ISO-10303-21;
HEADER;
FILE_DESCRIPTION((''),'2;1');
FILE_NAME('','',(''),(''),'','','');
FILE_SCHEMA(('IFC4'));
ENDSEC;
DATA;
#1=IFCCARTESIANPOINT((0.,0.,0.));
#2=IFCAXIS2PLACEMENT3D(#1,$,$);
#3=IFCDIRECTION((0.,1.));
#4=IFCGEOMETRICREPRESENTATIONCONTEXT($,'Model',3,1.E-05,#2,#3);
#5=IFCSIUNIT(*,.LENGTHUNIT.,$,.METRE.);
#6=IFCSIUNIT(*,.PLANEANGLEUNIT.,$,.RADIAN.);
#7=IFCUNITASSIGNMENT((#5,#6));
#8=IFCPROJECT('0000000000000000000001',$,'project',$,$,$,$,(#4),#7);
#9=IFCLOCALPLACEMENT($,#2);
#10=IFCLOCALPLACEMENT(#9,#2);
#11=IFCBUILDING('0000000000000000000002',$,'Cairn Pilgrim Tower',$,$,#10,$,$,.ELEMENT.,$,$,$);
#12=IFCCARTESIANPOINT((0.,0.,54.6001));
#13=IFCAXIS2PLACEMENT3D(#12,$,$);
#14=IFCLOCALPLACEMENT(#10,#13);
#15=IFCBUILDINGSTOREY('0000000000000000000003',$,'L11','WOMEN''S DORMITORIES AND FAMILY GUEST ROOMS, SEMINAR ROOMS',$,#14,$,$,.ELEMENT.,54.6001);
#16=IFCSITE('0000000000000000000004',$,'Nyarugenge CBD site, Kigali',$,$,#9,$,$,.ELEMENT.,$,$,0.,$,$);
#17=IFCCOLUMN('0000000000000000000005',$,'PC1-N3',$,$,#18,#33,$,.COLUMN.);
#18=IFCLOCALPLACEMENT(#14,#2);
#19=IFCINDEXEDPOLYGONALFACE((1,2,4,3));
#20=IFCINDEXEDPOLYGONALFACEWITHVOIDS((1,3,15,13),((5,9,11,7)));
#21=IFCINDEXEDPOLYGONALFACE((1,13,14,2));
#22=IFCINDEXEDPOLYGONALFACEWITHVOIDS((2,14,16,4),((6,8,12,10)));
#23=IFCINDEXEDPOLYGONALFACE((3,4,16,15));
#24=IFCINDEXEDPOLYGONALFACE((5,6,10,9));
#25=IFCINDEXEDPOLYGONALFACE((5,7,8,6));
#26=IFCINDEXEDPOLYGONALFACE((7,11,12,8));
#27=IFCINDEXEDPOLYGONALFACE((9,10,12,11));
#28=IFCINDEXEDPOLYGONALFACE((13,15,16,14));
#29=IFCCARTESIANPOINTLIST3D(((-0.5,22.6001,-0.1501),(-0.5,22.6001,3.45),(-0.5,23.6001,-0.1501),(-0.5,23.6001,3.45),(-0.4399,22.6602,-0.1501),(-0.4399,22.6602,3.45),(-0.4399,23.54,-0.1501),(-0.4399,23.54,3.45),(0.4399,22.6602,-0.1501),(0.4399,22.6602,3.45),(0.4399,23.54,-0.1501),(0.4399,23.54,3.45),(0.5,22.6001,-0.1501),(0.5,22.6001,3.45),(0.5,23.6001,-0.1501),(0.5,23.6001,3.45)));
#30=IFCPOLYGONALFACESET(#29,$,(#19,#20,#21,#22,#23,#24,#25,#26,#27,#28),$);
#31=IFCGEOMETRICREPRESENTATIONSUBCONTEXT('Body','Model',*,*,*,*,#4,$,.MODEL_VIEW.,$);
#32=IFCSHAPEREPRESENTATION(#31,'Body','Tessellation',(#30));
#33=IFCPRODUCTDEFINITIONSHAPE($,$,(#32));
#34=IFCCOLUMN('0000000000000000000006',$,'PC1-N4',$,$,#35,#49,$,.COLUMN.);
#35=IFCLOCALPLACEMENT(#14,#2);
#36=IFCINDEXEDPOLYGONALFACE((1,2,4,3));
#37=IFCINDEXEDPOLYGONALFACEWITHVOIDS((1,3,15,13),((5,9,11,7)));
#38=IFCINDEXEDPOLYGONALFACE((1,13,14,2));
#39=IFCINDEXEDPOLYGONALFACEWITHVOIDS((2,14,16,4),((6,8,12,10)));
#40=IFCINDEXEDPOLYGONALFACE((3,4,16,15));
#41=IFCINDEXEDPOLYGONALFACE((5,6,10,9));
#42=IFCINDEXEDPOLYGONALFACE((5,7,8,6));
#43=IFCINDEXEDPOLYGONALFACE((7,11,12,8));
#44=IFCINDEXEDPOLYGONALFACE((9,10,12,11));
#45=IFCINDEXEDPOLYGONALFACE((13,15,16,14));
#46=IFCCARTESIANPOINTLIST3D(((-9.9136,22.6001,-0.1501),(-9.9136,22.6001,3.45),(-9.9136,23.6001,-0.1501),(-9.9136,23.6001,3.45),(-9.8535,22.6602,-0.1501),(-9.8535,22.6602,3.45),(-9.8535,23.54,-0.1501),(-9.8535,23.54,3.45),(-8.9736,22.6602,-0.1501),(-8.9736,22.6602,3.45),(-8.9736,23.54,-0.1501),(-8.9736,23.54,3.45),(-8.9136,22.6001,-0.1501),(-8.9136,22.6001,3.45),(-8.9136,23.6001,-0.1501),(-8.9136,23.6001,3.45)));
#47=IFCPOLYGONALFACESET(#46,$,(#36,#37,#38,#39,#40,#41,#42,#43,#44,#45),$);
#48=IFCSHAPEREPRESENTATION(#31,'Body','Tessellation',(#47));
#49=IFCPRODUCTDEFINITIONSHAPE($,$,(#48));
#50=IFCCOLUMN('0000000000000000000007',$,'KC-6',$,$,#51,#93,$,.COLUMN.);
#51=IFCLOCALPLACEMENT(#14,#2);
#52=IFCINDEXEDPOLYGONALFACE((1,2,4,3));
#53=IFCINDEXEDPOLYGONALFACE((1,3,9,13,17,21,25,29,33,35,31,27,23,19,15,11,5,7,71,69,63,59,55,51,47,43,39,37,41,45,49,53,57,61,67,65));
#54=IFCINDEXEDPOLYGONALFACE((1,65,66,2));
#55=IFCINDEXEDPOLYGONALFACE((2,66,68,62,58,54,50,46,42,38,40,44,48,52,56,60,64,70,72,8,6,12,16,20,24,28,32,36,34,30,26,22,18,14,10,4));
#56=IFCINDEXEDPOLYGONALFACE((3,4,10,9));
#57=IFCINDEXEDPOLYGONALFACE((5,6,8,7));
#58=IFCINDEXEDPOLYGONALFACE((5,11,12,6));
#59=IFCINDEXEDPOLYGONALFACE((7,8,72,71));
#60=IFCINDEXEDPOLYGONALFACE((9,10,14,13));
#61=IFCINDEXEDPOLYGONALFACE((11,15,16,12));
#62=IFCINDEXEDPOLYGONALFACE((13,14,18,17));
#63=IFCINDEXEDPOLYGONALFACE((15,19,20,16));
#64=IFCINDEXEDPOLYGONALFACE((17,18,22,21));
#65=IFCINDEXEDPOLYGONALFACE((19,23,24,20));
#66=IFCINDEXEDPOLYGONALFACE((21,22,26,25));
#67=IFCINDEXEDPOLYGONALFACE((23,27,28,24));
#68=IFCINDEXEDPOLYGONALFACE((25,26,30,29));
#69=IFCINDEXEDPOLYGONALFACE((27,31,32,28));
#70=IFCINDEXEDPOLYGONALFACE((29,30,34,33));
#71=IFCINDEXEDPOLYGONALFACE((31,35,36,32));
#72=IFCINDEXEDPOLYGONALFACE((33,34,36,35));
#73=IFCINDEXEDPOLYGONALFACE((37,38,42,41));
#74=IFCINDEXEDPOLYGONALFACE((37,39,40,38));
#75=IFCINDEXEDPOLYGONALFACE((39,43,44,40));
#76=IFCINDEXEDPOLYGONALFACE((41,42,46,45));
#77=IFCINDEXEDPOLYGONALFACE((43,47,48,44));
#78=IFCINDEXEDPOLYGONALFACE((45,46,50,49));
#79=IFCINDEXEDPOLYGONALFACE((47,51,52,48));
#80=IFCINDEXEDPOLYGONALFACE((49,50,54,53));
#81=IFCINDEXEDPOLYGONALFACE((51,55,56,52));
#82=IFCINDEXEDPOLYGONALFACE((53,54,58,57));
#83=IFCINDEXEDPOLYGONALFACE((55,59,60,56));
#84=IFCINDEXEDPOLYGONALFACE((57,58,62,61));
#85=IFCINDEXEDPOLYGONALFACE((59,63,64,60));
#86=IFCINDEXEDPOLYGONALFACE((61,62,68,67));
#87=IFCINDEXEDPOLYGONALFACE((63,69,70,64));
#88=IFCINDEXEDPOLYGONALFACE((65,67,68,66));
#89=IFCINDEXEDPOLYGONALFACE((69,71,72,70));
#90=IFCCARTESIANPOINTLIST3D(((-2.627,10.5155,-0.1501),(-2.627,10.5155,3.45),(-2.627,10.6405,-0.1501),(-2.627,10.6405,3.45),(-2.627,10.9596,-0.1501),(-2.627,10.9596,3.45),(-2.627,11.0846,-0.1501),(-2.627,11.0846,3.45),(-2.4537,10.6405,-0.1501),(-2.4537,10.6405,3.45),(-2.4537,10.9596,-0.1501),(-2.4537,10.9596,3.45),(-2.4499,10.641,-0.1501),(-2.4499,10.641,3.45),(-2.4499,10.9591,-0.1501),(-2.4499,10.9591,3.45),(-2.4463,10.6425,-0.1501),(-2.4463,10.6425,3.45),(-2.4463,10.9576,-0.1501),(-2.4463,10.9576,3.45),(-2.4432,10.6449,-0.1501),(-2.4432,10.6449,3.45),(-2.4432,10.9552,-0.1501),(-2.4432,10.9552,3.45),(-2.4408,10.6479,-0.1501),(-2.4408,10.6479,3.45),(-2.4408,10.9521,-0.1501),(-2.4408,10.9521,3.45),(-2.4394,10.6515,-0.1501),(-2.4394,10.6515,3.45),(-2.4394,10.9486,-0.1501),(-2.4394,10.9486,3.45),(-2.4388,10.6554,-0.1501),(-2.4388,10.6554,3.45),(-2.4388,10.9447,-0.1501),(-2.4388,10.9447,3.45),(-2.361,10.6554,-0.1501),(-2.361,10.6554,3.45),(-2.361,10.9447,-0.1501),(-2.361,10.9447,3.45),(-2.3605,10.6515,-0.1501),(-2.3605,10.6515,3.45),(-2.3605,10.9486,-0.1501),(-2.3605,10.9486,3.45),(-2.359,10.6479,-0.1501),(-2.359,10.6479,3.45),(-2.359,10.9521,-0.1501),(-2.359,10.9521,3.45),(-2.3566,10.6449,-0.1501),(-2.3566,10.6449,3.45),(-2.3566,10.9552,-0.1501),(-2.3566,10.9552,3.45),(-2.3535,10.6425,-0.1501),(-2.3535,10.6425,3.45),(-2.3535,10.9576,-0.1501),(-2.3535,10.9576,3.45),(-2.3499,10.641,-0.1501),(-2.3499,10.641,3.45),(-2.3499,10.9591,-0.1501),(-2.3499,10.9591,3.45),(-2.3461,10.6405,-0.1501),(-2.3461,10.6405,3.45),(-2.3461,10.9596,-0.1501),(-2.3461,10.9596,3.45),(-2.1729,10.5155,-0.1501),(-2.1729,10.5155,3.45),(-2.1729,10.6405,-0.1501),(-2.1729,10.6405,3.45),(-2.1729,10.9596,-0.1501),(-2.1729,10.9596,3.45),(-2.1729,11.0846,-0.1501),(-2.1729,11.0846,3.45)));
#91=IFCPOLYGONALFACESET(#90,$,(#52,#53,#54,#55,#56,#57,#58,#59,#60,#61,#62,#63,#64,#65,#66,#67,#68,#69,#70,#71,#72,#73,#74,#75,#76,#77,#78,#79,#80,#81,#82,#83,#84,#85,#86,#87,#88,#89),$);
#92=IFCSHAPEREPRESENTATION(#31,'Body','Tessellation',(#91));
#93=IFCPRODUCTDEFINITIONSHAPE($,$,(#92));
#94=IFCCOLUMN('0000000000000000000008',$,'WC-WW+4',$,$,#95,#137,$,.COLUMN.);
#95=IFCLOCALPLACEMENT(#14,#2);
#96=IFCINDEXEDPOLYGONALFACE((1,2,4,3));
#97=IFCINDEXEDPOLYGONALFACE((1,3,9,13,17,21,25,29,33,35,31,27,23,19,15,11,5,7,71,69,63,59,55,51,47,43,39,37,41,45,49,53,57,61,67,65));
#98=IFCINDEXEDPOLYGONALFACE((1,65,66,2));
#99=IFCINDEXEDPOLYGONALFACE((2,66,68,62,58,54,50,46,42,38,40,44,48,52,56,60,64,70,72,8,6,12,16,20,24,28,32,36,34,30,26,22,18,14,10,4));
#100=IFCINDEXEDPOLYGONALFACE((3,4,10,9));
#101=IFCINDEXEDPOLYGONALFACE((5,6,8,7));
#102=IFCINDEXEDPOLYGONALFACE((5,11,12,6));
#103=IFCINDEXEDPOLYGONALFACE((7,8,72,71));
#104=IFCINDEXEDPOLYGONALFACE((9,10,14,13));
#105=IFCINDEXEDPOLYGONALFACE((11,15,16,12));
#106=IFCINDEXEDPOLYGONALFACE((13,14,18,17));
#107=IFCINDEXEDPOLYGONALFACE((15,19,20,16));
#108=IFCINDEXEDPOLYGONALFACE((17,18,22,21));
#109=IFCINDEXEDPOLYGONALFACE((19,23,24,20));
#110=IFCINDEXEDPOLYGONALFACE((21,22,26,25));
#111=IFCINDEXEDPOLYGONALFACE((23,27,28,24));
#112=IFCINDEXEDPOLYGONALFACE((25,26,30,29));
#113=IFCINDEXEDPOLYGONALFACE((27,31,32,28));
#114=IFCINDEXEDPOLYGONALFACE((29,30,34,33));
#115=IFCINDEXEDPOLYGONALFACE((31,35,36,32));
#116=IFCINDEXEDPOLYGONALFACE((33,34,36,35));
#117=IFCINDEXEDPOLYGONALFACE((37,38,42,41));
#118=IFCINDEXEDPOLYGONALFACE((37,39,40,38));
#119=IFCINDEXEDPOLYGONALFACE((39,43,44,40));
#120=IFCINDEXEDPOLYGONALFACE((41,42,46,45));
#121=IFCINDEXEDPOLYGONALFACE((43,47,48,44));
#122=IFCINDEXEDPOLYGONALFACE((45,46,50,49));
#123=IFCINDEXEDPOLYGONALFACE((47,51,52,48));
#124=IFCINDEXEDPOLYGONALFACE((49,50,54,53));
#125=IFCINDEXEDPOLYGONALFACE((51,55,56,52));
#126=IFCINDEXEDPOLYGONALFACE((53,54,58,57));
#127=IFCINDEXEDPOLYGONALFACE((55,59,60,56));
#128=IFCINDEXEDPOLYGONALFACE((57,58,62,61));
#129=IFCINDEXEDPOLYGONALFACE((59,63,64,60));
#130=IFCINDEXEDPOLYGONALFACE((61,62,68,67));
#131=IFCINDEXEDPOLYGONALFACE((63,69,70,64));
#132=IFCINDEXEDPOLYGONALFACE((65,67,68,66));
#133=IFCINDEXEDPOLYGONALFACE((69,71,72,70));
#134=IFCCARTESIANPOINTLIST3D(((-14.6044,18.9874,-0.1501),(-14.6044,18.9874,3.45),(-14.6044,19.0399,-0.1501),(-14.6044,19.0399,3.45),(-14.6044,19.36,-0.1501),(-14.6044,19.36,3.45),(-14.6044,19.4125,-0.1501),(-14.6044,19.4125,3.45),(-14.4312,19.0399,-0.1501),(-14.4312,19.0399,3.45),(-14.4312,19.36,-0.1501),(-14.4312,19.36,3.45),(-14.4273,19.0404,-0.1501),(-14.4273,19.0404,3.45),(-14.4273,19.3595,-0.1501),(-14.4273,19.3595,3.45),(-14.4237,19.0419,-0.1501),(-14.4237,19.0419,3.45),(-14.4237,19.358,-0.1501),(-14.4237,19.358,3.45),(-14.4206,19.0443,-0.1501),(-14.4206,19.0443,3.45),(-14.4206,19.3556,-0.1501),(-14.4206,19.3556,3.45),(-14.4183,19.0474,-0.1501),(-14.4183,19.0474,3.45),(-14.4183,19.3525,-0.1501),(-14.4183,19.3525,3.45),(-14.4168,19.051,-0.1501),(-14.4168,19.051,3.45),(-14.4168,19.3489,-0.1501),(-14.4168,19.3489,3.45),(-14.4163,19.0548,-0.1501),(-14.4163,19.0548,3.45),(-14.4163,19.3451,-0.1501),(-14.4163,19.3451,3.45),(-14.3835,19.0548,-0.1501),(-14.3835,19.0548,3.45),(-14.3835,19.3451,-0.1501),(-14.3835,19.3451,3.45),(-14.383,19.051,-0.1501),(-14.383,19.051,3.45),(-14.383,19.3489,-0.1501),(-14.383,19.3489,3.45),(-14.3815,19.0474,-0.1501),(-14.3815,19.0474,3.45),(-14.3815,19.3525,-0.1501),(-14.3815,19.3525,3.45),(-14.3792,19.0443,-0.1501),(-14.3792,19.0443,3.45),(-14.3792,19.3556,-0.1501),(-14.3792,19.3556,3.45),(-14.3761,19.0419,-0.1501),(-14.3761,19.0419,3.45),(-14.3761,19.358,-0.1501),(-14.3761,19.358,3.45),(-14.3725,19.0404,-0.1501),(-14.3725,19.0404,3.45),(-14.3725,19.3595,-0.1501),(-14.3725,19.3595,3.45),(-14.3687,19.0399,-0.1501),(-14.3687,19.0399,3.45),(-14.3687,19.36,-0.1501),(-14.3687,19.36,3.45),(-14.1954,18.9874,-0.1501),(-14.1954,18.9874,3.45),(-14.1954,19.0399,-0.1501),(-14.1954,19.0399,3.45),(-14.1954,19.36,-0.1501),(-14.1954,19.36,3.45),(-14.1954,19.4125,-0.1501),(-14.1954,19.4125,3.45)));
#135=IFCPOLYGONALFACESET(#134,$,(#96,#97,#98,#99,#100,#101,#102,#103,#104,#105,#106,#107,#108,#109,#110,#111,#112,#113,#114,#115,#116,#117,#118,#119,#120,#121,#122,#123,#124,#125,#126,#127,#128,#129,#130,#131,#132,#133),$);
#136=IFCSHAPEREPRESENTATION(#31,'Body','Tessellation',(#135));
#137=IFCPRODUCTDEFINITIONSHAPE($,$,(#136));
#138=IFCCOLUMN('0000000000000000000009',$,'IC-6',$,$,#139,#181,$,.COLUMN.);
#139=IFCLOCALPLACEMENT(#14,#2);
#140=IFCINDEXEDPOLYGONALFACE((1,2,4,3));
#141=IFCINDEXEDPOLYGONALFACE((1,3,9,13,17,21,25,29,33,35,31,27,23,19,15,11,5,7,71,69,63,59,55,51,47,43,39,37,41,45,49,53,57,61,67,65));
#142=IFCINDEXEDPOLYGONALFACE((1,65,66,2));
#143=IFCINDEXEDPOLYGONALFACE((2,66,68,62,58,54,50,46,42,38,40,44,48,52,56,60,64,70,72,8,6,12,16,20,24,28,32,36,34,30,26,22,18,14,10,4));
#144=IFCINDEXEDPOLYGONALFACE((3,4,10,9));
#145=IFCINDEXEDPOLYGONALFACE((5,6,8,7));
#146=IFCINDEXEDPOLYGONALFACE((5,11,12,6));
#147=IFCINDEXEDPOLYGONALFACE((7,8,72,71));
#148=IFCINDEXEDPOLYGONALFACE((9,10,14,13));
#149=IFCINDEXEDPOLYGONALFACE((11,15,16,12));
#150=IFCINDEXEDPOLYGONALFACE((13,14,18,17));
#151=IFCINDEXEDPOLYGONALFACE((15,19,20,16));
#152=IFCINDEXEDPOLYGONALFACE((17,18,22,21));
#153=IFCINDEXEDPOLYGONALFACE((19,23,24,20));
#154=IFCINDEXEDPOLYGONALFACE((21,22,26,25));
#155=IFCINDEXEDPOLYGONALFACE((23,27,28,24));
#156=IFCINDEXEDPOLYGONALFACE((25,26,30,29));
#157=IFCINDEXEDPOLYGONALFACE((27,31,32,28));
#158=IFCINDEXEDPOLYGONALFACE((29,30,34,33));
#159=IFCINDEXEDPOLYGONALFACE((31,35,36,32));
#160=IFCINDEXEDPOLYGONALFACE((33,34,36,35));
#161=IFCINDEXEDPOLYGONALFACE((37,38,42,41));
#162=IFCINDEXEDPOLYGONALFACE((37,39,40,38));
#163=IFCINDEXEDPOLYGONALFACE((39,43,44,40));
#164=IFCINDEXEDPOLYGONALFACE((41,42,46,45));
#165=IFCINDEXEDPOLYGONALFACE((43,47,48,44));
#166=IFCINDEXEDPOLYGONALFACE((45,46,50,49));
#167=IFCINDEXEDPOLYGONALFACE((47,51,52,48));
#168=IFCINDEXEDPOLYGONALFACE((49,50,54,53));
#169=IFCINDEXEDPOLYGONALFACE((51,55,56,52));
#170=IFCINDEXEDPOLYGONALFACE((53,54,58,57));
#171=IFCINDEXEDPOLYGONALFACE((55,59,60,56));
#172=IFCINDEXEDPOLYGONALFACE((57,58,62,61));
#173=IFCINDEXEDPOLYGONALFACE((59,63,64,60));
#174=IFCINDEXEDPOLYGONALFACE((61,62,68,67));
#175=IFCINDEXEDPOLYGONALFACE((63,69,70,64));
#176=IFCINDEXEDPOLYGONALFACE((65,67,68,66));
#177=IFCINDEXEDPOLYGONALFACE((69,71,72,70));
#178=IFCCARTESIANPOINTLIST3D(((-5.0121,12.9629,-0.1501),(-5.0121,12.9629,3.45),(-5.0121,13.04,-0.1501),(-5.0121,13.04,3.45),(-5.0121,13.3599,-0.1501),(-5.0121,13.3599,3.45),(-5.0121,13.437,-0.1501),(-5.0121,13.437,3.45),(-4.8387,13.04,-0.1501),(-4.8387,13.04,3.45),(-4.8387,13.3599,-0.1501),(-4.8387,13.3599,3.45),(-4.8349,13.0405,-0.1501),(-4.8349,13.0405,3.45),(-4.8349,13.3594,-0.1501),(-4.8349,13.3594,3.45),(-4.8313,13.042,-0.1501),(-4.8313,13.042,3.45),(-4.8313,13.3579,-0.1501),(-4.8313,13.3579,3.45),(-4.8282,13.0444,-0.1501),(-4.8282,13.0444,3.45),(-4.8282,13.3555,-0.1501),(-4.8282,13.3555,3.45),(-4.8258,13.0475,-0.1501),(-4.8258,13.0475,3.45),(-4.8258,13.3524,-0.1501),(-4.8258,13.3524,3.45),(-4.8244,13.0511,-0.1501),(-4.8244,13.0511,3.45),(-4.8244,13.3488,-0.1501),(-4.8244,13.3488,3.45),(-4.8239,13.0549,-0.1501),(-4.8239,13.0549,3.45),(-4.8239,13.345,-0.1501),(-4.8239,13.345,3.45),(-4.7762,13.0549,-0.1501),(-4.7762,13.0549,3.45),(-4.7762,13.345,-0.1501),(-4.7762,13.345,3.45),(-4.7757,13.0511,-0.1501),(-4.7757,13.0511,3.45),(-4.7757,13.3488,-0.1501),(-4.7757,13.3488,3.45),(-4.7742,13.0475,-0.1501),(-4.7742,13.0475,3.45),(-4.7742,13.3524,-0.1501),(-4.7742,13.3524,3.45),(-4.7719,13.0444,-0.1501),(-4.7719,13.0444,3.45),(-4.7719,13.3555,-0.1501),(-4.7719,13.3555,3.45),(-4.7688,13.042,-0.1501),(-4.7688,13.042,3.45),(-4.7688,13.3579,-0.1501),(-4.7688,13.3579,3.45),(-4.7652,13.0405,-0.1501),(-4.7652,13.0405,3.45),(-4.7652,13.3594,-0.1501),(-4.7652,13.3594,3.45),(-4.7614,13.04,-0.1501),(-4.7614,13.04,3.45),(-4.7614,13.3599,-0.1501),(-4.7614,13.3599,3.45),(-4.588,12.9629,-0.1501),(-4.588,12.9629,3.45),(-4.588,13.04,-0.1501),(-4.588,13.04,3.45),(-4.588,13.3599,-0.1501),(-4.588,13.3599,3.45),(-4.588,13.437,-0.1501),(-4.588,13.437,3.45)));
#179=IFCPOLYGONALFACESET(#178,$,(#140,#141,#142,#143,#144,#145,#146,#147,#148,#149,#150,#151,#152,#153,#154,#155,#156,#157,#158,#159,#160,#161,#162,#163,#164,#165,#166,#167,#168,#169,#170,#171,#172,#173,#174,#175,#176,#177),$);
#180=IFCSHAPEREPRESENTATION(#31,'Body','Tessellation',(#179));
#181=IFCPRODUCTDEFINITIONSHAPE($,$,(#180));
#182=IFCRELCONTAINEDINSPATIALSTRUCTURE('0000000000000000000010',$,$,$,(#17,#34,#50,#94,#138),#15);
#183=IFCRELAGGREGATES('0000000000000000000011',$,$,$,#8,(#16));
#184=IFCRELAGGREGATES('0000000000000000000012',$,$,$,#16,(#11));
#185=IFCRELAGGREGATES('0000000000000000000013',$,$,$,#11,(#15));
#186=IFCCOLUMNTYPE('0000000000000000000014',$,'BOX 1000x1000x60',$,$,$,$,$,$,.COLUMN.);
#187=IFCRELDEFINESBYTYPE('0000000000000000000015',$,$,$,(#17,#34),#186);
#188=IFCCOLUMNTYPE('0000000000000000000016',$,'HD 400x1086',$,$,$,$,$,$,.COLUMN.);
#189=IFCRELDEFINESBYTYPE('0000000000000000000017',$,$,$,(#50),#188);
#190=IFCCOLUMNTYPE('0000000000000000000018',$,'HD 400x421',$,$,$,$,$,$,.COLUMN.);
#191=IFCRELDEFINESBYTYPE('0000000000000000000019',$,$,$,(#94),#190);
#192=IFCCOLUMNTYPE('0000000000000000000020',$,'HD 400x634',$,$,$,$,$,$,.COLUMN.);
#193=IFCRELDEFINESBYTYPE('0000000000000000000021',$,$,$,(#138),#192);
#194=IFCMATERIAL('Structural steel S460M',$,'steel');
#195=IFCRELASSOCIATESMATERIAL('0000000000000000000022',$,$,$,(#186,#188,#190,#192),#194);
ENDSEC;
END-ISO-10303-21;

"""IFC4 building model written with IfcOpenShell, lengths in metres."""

from ifc_helpers import new_model, si_unit, direction, frame, origin, origin_2d, place, context, subcontext, project, spatial, hollow_rectangle, i_section, extrude, material, material_profile, profile_set, type_object, element, save


model = new_model("IFC4")

# Units and contexts
model_context = context("Model", 3, precision=1e-05, world=origin(), true_north=direction((0.0, 1.0)))
body_context = subcontext(model_context, "Body", "Model", "MODEL_VIEW")
ifc_project = project(units=[si_unit("LENGTHUNIT", "METRE"), si_unit("PLANEANGLEUNIT", "RADIAN")], contexts=[model_context])

# Site, building, storey
site_placement = place(None, origin())
site = spatial("IfcSite", under=ifc_project, at=site_placement, Name="Nyarugenge CBD site, Kigali", CompositionType="ELEMENT", RefElevation=0.0)
building_placement = place(site_placement, origin())
building = spatial("IfcBuilding", under=site, at=building_placement, Name="Cairn Pilgrim Tower", CompositionType="ELEMENT")
storey_placement = place(building_placement, frame((0.0, 0.0, 54.6001)))
storey = spatial("IfcBuildingStorey", under=building, at=storey_placement, Name="L11", Description="WOMEN'S DORMITORIES AND FAMILY GUEST ROOMS, SEMINAR ROOMS", CompositionType="ELEMENT", Elevation=54.6001)

# Columns
ifc_material_1 = material(Name="Structural steel S460M", Category="steel")
ifc_material_profile_1 = material_profile(ifc_material_1, hollow_rectangle(XDim=1.0, YDim=1.0, WallThickness=0.0601, at=origin_2d()), Name="BOX 1000x1000x60")
ifc_profile_set_1 = profile_set([ifc_material_profile_1], Name="Structural steel S460M")
column_type_1 = type_object("IfcColumnType", Name="BOX 1000x1000x60", PredefinedType="COLUMN", material=ifc_profile_set_1)
for number, where, z_axis, x_axis, name in (
    (1, (0.0, 23.1001, -0.1501), (0.0, 0.0, 1.0), (1.0, 0.0, 0.0), "PC1-N3"),
    (2, (-9.4136, 23.1001, -0.1501), (0.0, 0.0, 1.0), (1.0, 0.0, 0.0), "PC1-N4"),
):
    element("IfcColumn", number, at=place(storey_placement, frame(where, z_axis=z_axis, x_axis=x_axis)), inside=storey, type_object=column_type_1, Name=name, PredefinedType="COLUMN", context=body_context, shape_type="SweptSolid", body=[
        extrude(hollow_rectangle(XDim=1.0, YDim=1.0, WallThickness=0.0601, at=origin_2d()), origin(), (0.0, 0.0, 1.0), 3.6001),
    ])
ifc_material_profile_2 = material_profile(ifc_material_1, i_section(OverallWidth=0.4541, OverallDepth=0.5691, WebThickness=0.0779, FlangeThickness=0.125, FilletRadius=0.0149, at=origin_2d()), Name="HD 400x1086")
ifc_profile_set_2 = profile_set([ifc_material_profile_2], Name="Structural steel S460M")
column_type_2 = type_object("IfcColumnType", Name="HD 400x1086", PredefinedType="COLUMN", material=ifc_profile_set_2)
column_1_placement = place(storey_placement, frame((-2.3999, 10.8, -0.1501), z_axis=(0.0, 0.0, 1.0), x_axis=(1.0, 0.0, 0.0)))
element("IfcColumn", 3, at=column_1_placement, inside=storey, type_object=column_type_2, Name="KC-6", PredefinedType="COLUMN", context=body_context, shape_type="SweptSolid", body=[
    extrude(i_section(OverallWidth=0.4541, OverallDepth=0.5691, WebThickness=0.0779, FlangeThickness=0.125, FilletRadius=0.0149, at=origin_2d()), origin(), (0.0, 0.0, 1.0), 3.6001),
])
ifc_material_profile_3 = material_profile(ifc_material_1, i_section(OverallWidth=0.4089, OverallDepth=0.425, WebThickness=0.0327, FlangeThickness=0.0525, FilletRadius=0.0149, at=origin_2d()), Name="HD 400x421")
ifc_profile_set_3 = profile_set([ifc_material_profile_3], Name="Structural steel S460M")
column_type_3 = type_object("IfcColumnType", Name="HD 400x421", PredefinedType="COLUMN", material=ifc_profile_set_3)
column_2_placement = place(storey_placement, frame((-14.3999, 19.2, -0.1501), z_axis=(0.0, 0.0, 1.0), x_axis=(1.0, 0.0, 0.0)))
element("IfcColumn", 4, at=column_2_placement, inside=storey, type_object=column_type_3, Name="WC-WW+4", PredefinedType="COLUMN", context=body_context, shape_type="SweptSolid", body=[
    extrude(i_section(OverallWidth=0.4089, OverallDepth=0.425, WebThickness=0.0327, FlangeThickness=0.0525, FilletRadius=0.0149, at=origin_2d()), origin(), (0.0, 0.0, 1.0), 3.6001),
])
ifc_material_profile_4 = material_profile(ifc_material_1, i_section(OverallWidth=0.4241, OverallDepth=0.4741, WebThickness=0.0476, FlangeThickness=0.0771, FilletRadius=0.0149, at=origin_2d()), Name="HD 400x634")
ifc_profile_set_4 = profile_set([ifc_material_profile_4], Name="Structural steel S460M")
column_type_4 = type_object("IfcColumnType", Name="HD 400x634", PredefinedType="COLUMN", material=ifc_profile_set_4)
column_3_placement = place(storey_placement, frame((-4.8, 13.2, -0.1501), z_axis=(0.0, 0.0, 1.0), x_axis=(1.0, 0.0, 0.0)))
element("IfcColumn", 5, at=column_3_placement, inside=storey, type_object=column_type_4, Name="IC-6", PredefinedType="COLUMN", context=body_context, shape_type="SweptSolid", body=[
    extrude(i_section(OverallWidth=0.4241, OverallDepth=0.4741, WebThickness=0.0476, FlangeThickness=0.0771, FilletRadius=0.0149, at=origin_2d()), origin(), (0.0, 0.0, 1.0), 3.6001),
])

save(model, "model.ifc")
